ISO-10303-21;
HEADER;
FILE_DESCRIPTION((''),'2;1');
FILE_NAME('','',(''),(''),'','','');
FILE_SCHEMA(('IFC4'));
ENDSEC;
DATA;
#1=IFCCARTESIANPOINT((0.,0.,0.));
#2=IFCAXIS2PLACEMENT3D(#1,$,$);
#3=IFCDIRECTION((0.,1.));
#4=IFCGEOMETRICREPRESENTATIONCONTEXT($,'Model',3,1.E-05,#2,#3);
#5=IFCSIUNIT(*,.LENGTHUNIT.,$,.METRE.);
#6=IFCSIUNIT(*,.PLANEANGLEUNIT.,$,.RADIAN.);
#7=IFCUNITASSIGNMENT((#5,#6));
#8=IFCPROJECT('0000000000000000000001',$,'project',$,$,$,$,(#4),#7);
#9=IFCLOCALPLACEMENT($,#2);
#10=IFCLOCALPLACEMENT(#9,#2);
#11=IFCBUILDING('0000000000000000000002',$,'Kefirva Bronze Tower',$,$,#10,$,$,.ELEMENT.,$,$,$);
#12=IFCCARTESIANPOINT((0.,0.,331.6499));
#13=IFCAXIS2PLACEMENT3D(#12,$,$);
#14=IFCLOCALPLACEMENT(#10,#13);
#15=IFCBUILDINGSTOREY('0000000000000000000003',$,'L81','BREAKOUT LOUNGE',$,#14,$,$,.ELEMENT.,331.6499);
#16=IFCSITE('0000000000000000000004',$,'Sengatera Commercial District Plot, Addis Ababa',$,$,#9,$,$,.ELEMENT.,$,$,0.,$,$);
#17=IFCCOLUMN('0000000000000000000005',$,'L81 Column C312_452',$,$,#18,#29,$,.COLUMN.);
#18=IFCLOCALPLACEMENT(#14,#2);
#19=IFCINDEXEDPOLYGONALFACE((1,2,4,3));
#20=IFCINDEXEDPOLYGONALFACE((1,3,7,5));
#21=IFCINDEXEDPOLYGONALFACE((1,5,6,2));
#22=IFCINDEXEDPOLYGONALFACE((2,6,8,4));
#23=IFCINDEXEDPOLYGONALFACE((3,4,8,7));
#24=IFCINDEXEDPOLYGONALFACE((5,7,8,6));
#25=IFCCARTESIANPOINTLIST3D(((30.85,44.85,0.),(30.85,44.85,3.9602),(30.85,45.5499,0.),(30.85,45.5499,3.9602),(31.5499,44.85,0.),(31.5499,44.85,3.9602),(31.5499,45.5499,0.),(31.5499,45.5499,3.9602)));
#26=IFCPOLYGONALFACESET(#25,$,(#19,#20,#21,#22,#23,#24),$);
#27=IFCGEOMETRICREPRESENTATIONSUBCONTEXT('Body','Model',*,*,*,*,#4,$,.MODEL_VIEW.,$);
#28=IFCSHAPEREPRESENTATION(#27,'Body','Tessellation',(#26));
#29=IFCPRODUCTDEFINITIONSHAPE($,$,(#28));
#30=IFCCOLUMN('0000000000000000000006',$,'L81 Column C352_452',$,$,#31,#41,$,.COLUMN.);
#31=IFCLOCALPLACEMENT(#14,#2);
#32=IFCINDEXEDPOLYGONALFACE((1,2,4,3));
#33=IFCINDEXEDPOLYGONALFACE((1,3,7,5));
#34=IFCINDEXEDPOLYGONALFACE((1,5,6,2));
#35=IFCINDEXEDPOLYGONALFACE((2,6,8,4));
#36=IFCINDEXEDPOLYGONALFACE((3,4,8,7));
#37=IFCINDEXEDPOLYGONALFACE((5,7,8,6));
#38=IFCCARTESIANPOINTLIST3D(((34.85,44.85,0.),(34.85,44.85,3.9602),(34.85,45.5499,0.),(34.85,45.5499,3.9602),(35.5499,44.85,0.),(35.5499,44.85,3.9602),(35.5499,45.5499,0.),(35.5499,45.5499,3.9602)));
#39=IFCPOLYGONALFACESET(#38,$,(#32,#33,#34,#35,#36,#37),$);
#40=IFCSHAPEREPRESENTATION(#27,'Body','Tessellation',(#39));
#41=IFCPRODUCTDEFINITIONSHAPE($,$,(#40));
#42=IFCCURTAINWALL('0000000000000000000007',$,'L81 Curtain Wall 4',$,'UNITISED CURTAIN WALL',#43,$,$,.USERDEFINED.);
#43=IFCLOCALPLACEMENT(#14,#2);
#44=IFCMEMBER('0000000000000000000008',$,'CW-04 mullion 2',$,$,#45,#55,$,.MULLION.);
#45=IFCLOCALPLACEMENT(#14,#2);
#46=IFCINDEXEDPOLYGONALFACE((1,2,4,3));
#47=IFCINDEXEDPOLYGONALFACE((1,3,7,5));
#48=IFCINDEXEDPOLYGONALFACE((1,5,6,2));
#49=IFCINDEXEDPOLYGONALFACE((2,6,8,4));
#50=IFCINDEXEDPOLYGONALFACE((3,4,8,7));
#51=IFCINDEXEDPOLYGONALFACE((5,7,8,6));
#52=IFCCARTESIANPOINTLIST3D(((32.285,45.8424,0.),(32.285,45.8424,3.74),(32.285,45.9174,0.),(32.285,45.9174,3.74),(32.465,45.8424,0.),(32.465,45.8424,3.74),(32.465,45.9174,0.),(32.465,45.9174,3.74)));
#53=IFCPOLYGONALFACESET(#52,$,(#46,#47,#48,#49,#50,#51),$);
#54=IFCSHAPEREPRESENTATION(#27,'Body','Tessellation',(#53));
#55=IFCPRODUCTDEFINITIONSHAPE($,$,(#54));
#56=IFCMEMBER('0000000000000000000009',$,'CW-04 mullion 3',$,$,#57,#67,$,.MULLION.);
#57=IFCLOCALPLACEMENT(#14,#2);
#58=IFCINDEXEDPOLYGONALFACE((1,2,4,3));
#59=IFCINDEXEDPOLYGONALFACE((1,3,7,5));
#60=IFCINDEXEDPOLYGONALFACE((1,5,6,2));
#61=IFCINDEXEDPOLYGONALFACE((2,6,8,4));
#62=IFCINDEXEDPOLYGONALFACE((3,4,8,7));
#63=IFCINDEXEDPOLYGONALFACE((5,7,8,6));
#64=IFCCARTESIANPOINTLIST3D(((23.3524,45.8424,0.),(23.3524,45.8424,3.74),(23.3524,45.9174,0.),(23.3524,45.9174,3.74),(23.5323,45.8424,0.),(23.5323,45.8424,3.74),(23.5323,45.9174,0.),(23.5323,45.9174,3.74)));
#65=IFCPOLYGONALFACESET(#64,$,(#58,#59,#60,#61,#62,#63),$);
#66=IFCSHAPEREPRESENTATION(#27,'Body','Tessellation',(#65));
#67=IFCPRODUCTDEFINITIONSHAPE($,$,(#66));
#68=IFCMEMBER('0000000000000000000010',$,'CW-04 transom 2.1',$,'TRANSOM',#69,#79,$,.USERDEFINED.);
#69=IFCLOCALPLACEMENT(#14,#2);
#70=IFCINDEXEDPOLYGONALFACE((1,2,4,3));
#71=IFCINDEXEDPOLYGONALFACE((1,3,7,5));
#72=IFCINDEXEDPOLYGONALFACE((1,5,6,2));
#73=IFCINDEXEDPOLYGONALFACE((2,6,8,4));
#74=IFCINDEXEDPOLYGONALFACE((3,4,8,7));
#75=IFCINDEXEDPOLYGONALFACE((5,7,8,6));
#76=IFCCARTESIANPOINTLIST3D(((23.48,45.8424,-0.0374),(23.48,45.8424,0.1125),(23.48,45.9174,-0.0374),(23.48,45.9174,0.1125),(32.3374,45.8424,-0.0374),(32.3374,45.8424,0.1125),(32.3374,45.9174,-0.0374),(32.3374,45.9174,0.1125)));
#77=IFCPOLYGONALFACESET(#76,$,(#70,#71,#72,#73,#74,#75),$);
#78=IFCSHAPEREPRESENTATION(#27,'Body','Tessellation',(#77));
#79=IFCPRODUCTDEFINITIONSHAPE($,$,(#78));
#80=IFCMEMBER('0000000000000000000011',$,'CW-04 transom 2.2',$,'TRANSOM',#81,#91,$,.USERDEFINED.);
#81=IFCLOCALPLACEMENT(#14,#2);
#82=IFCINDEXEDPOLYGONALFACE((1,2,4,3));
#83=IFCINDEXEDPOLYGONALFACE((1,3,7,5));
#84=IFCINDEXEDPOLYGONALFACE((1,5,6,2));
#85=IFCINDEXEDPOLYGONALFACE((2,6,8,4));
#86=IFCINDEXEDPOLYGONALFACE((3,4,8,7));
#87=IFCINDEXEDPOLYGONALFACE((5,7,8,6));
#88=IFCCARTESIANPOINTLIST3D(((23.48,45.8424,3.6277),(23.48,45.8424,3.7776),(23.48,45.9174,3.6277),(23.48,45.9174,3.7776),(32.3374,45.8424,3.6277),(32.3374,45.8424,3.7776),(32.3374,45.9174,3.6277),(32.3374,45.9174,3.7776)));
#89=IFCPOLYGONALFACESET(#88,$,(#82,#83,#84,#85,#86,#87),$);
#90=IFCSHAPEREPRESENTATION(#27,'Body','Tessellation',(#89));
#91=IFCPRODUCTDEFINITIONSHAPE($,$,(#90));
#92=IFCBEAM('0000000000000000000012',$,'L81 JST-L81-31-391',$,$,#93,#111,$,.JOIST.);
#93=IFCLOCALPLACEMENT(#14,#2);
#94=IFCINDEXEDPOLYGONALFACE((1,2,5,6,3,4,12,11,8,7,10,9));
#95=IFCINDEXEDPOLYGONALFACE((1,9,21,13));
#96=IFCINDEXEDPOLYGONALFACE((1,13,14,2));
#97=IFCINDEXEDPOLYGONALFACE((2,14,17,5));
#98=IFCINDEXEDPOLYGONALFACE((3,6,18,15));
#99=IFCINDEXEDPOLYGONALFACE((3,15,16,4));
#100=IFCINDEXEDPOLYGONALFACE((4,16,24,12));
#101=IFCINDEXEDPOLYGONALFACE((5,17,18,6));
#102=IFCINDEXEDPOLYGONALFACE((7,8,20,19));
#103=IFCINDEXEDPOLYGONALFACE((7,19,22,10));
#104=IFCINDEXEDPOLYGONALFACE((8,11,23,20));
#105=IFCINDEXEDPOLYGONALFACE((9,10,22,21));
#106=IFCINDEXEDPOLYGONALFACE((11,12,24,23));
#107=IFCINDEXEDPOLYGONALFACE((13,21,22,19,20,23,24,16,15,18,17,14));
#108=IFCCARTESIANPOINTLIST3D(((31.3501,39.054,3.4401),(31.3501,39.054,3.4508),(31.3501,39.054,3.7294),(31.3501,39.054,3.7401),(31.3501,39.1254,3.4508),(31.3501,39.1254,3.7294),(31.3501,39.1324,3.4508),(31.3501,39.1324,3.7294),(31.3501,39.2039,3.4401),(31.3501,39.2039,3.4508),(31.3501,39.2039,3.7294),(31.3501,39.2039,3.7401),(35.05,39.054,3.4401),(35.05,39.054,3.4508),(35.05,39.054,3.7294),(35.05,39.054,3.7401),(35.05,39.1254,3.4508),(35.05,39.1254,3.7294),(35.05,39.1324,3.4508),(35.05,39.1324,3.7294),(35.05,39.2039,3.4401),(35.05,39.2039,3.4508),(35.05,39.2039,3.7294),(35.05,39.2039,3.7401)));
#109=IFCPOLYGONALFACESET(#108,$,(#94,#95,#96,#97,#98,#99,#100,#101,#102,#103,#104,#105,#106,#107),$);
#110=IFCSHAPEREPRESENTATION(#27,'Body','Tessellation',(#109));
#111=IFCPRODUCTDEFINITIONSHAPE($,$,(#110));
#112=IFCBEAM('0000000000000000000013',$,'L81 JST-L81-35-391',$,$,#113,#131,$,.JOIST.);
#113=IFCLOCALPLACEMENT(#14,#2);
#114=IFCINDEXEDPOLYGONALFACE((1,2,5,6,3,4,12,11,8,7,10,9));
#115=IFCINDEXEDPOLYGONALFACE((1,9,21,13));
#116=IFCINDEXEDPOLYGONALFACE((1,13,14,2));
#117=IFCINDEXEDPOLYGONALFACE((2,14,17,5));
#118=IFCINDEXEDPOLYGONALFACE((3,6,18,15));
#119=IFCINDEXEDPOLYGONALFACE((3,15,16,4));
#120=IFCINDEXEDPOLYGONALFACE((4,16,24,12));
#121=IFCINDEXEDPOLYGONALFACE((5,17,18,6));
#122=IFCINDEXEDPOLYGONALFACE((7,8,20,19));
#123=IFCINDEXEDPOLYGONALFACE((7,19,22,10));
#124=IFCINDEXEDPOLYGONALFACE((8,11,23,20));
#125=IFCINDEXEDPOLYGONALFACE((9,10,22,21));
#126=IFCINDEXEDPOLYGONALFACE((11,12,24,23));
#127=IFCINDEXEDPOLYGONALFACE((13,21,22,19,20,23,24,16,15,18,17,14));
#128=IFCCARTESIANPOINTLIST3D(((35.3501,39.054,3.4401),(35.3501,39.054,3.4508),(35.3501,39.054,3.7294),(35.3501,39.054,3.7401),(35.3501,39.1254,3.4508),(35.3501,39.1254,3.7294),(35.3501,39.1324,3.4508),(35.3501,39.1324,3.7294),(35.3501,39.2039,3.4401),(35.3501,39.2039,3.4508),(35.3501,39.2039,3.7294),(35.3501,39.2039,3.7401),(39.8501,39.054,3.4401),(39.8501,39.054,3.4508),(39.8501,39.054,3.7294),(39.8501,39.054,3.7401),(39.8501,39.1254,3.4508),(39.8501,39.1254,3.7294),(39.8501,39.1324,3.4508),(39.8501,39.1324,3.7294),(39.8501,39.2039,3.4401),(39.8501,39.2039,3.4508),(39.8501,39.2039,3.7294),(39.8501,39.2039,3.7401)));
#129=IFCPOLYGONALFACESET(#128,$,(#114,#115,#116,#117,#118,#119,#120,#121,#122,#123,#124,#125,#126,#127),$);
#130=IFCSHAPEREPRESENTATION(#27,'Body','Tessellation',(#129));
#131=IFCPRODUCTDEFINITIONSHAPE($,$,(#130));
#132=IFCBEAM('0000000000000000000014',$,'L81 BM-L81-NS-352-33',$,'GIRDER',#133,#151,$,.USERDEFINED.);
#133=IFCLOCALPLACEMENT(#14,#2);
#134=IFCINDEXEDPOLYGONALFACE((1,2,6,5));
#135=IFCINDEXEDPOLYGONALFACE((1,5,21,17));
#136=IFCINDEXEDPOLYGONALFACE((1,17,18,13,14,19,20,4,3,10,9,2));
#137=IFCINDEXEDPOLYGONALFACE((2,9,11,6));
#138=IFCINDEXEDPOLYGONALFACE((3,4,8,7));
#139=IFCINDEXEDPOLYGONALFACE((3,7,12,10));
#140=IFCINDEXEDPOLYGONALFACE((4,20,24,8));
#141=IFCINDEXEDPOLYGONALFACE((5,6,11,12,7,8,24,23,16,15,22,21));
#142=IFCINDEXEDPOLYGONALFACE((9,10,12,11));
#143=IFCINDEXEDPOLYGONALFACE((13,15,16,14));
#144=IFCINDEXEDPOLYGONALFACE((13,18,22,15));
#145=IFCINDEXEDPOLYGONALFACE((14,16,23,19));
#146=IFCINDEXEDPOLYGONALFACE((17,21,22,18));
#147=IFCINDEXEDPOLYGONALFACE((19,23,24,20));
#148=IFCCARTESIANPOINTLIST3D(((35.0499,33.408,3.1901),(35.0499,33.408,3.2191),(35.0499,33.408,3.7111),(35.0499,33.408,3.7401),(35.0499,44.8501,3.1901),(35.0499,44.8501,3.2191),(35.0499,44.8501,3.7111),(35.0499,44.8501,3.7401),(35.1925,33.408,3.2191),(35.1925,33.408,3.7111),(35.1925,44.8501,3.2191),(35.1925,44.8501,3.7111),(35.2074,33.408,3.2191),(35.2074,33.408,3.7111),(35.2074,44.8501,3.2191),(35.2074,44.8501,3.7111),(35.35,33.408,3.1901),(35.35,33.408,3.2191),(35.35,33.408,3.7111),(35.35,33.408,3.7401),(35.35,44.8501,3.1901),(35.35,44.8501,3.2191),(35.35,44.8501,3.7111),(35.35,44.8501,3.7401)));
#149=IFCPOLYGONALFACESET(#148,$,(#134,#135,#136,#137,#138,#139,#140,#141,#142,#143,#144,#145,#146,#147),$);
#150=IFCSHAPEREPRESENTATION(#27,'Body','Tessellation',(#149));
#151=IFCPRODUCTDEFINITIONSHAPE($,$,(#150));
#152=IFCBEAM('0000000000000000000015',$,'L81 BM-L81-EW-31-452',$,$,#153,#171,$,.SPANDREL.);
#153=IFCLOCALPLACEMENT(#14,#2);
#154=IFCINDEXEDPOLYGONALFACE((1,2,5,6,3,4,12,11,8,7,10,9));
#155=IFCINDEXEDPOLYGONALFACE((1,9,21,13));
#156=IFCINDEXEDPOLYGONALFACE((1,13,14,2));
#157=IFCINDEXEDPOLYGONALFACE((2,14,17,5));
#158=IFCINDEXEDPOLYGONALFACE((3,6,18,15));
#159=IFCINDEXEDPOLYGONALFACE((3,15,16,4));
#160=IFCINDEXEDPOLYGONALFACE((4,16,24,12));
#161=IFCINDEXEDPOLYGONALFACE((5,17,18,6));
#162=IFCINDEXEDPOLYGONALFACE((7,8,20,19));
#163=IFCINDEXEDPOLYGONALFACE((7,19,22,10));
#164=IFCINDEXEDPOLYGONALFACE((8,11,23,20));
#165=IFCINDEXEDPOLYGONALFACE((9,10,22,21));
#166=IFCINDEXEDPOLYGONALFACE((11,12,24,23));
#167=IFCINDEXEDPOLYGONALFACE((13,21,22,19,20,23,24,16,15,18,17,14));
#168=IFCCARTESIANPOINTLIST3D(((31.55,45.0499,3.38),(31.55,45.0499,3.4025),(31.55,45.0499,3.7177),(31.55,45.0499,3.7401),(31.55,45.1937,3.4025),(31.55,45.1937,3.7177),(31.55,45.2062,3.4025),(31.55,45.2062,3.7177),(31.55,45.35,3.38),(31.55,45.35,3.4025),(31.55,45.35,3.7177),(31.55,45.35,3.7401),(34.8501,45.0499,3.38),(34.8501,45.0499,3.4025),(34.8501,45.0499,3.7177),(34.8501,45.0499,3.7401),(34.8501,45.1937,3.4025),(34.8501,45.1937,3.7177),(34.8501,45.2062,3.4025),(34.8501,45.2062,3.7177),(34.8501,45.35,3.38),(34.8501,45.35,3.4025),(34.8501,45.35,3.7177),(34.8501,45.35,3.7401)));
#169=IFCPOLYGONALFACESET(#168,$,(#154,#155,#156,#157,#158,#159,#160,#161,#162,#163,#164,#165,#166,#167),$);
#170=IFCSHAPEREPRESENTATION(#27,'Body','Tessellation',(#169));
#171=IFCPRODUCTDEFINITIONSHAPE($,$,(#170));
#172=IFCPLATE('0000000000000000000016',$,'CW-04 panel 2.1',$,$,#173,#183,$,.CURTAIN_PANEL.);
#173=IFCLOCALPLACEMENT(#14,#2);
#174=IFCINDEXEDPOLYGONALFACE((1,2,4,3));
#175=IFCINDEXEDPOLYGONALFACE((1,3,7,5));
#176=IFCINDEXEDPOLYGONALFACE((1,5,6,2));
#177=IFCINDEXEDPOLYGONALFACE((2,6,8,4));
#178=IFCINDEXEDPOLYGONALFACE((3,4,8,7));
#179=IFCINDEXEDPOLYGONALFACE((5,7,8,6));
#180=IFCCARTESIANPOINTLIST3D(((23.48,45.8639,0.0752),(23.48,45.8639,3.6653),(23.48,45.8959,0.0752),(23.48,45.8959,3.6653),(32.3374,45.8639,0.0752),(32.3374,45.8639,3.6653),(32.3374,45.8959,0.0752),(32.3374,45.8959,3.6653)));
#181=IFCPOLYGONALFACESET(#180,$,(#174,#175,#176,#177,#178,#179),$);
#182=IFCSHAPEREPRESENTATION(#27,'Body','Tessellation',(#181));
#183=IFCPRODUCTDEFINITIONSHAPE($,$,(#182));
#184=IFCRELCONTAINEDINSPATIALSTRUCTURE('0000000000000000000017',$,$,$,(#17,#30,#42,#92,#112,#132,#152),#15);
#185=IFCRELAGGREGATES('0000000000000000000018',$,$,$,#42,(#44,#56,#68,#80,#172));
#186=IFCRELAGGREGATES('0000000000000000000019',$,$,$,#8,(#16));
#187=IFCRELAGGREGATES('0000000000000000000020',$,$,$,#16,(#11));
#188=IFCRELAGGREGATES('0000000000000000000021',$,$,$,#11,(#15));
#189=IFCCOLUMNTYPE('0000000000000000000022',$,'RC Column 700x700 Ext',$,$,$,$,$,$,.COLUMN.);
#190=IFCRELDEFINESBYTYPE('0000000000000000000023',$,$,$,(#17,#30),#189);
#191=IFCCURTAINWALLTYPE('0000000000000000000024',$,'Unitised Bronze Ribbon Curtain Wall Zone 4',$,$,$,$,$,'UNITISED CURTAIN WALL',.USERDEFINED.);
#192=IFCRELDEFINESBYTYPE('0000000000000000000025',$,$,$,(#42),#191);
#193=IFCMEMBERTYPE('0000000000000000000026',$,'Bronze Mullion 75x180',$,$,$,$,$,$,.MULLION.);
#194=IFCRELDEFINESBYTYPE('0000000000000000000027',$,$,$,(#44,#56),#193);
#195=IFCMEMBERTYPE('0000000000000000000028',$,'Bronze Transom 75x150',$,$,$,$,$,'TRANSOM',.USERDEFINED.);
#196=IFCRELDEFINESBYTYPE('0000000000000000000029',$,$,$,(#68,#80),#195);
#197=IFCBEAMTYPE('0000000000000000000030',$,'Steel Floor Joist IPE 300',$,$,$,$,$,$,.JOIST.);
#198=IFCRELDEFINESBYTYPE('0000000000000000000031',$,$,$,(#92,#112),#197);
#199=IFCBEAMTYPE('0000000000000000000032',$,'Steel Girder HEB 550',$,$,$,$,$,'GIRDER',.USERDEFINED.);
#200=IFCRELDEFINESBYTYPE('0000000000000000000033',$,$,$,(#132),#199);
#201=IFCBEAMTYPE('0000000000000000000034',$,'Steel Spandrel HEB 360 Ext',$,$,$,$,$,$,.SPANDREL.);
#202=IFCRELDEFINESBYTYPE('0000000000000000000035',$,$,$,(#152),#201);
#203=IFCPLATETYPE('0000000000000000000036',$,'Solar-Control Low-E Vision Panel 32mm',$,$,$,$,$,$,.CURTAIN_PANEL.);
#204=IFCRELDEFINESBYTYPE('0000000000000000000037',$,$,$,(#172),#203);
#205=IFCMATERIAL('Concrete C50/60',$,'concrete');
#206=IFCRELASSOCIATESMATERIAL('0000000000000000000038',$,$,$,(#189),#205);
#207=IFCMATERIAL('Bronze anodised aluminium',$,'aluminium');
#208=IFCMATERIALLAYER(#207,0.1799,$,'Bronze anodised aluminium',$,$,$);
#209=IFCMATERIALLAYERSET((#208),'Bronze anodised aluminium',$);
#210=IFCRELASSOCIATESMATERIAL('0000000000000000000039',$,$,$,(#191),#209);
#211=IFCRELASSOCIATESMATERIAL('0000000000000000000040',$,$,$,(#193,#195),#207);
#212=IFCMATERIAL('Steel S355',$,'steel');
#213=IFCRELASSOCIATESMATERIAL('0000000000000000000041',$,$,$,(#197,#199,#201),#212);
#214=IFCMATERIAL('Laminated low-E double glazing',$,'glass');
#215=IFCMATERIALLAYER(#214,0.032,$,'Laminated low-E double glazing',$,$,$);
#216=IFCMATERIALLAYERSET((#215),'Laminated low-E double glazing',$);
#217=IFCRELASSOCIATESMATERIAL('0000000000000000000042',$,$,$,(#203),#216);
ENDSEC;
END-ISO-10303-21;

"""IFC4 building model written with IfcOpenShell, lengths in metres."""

from ifc_helpers import new_model, si_unit, direction, frame, origin, origin_2d, place, context, subcontext, project, spatial, rectangle, i_section, extrude, material, layer, layer_set, material_profile, profile_set, type_object, element, aggregate, save


model = new_model("IFC4")

# Units and contexts
model_context = context("Model", 3, precision=1e-05, world=origin(), true_north=direction((0.0, 1.0)))
body_context = subcontext(model_context, "Body", "Model", "MODEL_VIEW")
ifc_project = project(units=[si_unit("LENGTHUNIT", "METRE"), si_unit("PLANEANGLEUNIT", "RADIAN")], contexts=[model_context])

# Site, building, storey
site_placement = place(None, origin())
site = spatial("IfcSite", under=ifc_project, at=site_placement, Name="Sengatera Commercial District Plot, Addis Ababa", CompositionType="ELEMENT", RefElevation=0.0)
building_placement = place(site_placement, origin())
building = spatial("IfcBuilding", under=site, at=building_placement, Name="Kefirva Bronze Tower", CompositionType="ELEMENT")
storey_placement = place(building_placement, frame((0.0, 0.0, 331.6499)))
storey = spatial("IfcBuildingStorey", under=building, at=storey_placement, Name="L81", Description="BREAKOUT LOUNGE", CompositionType="ELEMENT", Elevation=331.6499)

# Columns
ifc_material_1 = material(Name="Concrete C50/60", Category="concrete")
ifc_material_profile_1 = material_profile(ifc_material_1, rectangle(XDim=0.7, YDim=0.7, at=origin_2d()), Name="RC 700x700")
ifc_profile_set_1 = profile_set([ifc_material_profile_1], Name="Concrete C50/60")
column_type = type_object("IfcColumnType", Name="RC Column 700x700 Ext", PredefinedType="COLUMN", material=ifc_profile_set_1)
for number, where, z_axis, x_axis, name in (
    (1, (31.2, 45.2, 0.0), (0.0, 0.0, 1.0), (1.0, 0.0, 0.0), "L81 Column C312_452"),
    (2, (35.2, 45.2, 0.0), (0.0, 0.0, 1.0), (1.0, 0.0, 0.0), "L81 Column C352_452"),
):
    element("IfcColumn", number, at=place(storey_placement, frame(where, z_axis=z_axis, x_axis=x_axis)), inside=storey, type_object=column_type, Name=name, PredefinedType="COLUMN", context=body_context, shape_type="SweptSolid", body=[
        extrude(rectangle(XDim=0.7, YDim=0.7, at=origin_2d()), origin(), (0.0, 0.0, 1.0), 3.9602),
    ])

# Curtain wall, members
ifc_material_2 = material(Name="Bronze anodised aluminium", Category="aluminium")
ifc_layer_1 = layer(ifc_material_2, 0.1799, Name="Bronze anodised aluminium")
ifc_layer_set_1 = layer_set([ifc_layer_1], Name="Bronze anodised aluminium")
curtain_wall_type = type_object("IfcCurtainWallType", Name="Unitised Bronze Ribbon Curtain Wall Zone 4", ElementType="UNITISED CURTAIN WALL", PredefinedType="USERDEFINED", material=ifc_layer_set_1)
curtain_wall_placement = place(storey_placement, origin())
curtain_wall = element("IfcCurtainWall", 3, at=curtain_wall_placement, inside=storey, type_object=curtain_wall_type, Name="L81 Curtain Wall 4", ObjectType="UNITISED CURTAIN WALL", PredefinedType="USERDEFINED")
ifc_material_profile_2 = material_profile(ifc_material_2, rectangle(XDim=0.075, YDim=0.1799, at=origin_2d()), Name="ALU 75x180")
ifc_profile_set_2 = profile_set([ifc_material_profile_2], Name="Bronze anodised aluminium")
member_type_1 = type_object("IfcMemberType", Name="Bronze Mullion 75x180", PredefinedType="MULLION", material=ifc_profile_set_2)
member_1_placement = place(storey_placement, frame((32.375, 45.8799, 0.0), z_axis=(0.0, 0.0, 1.0), x_axis=(0.0, -1.0, 0.0)))
member_1 = element("IfcMember", 4, at=member_1_placement, type_object=member_type_1, Name="CW-04 mullion 2", PredefinedType="MULLION", context=body_context, shape_type="SweptSolid", body=[
    extrude(rectangle(XDim=0.075, YDim=0.1799, at=origin_2d()), origin(), (0.0, 0.0, 1.0), 3.74),
])
member_2_placement = place(storey_placement, frame((23.4424, 45.8799, 0.0), z_axis=(0.0, 0.0, 1.0), x_axis=(0.0, -1.0, 0.0)))
member_2 = element("IfcMember", 5, at=member_2_placement, type_object=member_type_1, Name="CW-04 mullion 3", PredefinedType="MULLION", context=body_context, shape_type="SweptSolid", body=[
    extrude(rectangle(XDim=0.075, YDim=0.1799, at=origin_2d()), origin(), (0.0, 0.0, 1.0), 3.74),
])
ifc_material_profile_3 = material_profile(ifc_material_2, rectangle(XDim=0.075, YDim=0.1499, at=origin_2d()), Name="ALU 75x150")
ifc_profile_set_3 = profile_set([ifc_material_profile_3], Name="Bronze anodised aluminium")
member_type_2 = type_object("IfcMemberType", Name="Bronze Transom 75x150", ElementType="TRANSOM", PredefinedType="USERDEFINED", material=ifc_profile_set_3)
member_3_placement = place(storey_placement, frame((32.3374, 45.8799, 0.0376), z_axis=(-1.0, 0.0, 0.0), x_axis=(0.0, -1.0, 0.0)))
member_3 = element("IfcMember", 6, at=member_3_placement, type_object=member_type_2, Name="CW-04 transom 2.1", ObjectType="TRANSOM", PredefinedType="USERDEFINED", context=body_context, shape_type="SweptSolid", body=[
    extrude(rectangle(XDim=0.075, YDim=0.1499, at=origin_2d()), origin(), (0.0, 0.0, 1.0), 8.8574),
])
member_4_placement = place(storey_placement, frame((32.3374, 45.8799, 3.7026), z_axis=(-1.0, 0.0, 0.0), x_axis=(0.0, -1.0, 0.0)))
member_4 = element("IfcMember", 7, at=member_4_placement, type_object=member_type_2, Name="CW-04 transom 2.2", ObjectType="TRANSOM", PredefinedType="USERDEFINED", context=body_context, shape_type="SweptSolid", body=[
    extrude(rectangle(XDim=0.075, YDim=0.1499, at=origin_2d()), origin(), (0.0, 0.0, 1.0), 8.8574),
])

# Beams
ifc_material_3 = material(Name="Steel S355", Category="steel")
ifc_material_profile_4 = material_profile(ifc_material_3, i_section(OverallWidth=0.1499, OverallDepth=0.3, WebThickness=0.0071, FlangeThickness=0.0107, at=origin_2d()), Name="IPE 300")
ifc_profile_set_4 = profile_set([ifc_material_profile_4], Name="Steel S355")
beam_type_1 = type_object("IfcBeamType", Name="Steel Floor Joist IPE 300", PredefinedType="JOIST", material=ifc_profile_set_4)
beam_1_placement = place(storey_placement, frame((31.3501, 39.1289, 3.5901), z_axis=(1.0, 0.0, 0.0), x_axis=(0.0, 1.0, 0.0)))
element("IfcBeam", 8, at=beam_1_placement, inside=storey, type_object=beam_type_1, Name="L81 JST-L81-31-391", PredefinedType="JOIST", context=body_context, shape_type="SweptSolid", body=[
    extrude(i_section(OverallWidth=0.1499, OverallDepth=0.3, WebThickness=0.0071, FlangeThickness=0.0107, at=origin_2d()), origin(), (0.0, 0.0, 1.0), 3.7),
])
beam_2_placement = place(storey_placement, frame((35.3501, 39.1289, 3.5901), z_axis=(1.0, 0.0, 0.0), x_axis=(0.0, 1.0, 0.0)))
element("IfcBeam", 9, at=beam_2_placement, inside=storey, type_object=beam_type_1, Name="L81 JST-L81-35-391", PredefinedType="JOIST", context=body_context, shape_type="SweptSolid", body=[
    extrude(i_section(OverallWidth=0.1499, OverallDepth=0.3, WebThickness=0.0071, FlangeThickness=0.0107, at=origin_2d()), origin(), (0.0, 0.0, 1.0), 4.5),
])
ifc_material_profile_5 = material_profile(ifc_material_3, i_section(OverallWidth=0.3, OverallDepth=0.55, WebThickness=0.0149, FlangeThickness=0.0291, at=origin_2d()), Name="HEB 550")
ifc_profile_set_5 = profile_set([ifc_material_profile_5], Name="Steel S355")
beam_type_2 = type_object("IfcBeamType", Name="Steel Girder HEB 550", ElementType="GIRDER", PredefinedType="USERDEFINED", material=ifc_profile_set_5)
beam_3_placement = place(storey_placement, frame((35.2, 33.408, 3.4651), z_axis=(0.0, 1.0, 0.0), x_axis=(-1.0, 0.0, 0.0)))
element("IfcBeam", 10, at=beam_3_placement, inside=storey, type_object=beam_type_2, Name="L81 BM-L81-NS-352-33", ObjectType="GIRDER", PredefinedType="USERDEFINED", context=body_context, shape_type="SweptSolid", body=[
    extrude(i_section(OverallWidth=0.3, OverallDepth=0.55, WebThickness=0.0149, FlangeThickness=0.0291, at=origin_2d()), origin(), (0.0, 0.0, 1.0), 11.4421),
])
ifc_material_profile_6 = material_profile(ifc_material_3, i_section(OverallWidth=0.3, OverallDepth=0.3601, WebThickness=0.0125, FlangeThickness=0.0225, at=origin_2d()), Name="HEB 360")
ifc_profile_set_6 = profile_set([ifc_material_profile_6], Name="Steel S355")
beam_type_3 = type_object("IfcBeamType", Name="Steel Spandrel HEB 360 Ext", PredefinedType="SPANDREL", material=ifc_profile_set_6)
beam_4_placement = place(storey_placement, frame((31.55, 45.2, 3.5601), z_axis=(1.0, 0.0, 0.0), x_axis=(0.0, 1.0, 0.0)))
element("IfcBeam", 11, at=beam_4_placement, inside=storey, type_object=beam_type_3, Name="L81 BM-L81-EW-31-452", PredefinedType="SPANDREL", context=body_context, shape_type="SweptSolid", body=[
    extrude(i_section(OverallWidth=0.3, OverallDepth=0.3601, WebThickness=0.0125, FlangeThickness=0.0225, at=origin_2d()), origin(), (0.0, 0.0, 1.0), 3.3),
])

# Plate
ifc_material_4 = material(Name="Laminated low-E double glazing", Category="glass")
ifc_layer_2 = layer(ifc_material_4, 0.032, Name="Laminated low-E double glazing")
ifc_layer_set_2 = layer_set([ifc_layer_2], Name="Laminated low-E double glazing")
plate_type = type_object("IfcPlateType", Name="Solar-Control Low-E Vision Panel 32mm", PredefinedType="CURTAIN_PANEL", material=ifc_layer_set_2)
plate_placement = place(storey_placement, frame((27.9087, 45.8799, 0.0752), z_axis=(0.0, 0.0, 1.0), x_axis=(-1.0, 0.0, 0.0)))
plate = element("IfcPlate", 12, at=plate_placement, type_object=plate_type, Name="CW-04 panel 2.1", PredefinedType="CURTAIN_PANEL", context=body_context, shape_type="SweptSolid", body=[
    extrude(rectangle(XDim=8.8574, YDim=0.032, at=origin_2d()), origin(), (0.0, 0.0, 1.0), 3.5901),
])
aggregate(curtain_wall, [member_1, member_2, member_3, member_4, plate])

save(model, "model.ifc")
